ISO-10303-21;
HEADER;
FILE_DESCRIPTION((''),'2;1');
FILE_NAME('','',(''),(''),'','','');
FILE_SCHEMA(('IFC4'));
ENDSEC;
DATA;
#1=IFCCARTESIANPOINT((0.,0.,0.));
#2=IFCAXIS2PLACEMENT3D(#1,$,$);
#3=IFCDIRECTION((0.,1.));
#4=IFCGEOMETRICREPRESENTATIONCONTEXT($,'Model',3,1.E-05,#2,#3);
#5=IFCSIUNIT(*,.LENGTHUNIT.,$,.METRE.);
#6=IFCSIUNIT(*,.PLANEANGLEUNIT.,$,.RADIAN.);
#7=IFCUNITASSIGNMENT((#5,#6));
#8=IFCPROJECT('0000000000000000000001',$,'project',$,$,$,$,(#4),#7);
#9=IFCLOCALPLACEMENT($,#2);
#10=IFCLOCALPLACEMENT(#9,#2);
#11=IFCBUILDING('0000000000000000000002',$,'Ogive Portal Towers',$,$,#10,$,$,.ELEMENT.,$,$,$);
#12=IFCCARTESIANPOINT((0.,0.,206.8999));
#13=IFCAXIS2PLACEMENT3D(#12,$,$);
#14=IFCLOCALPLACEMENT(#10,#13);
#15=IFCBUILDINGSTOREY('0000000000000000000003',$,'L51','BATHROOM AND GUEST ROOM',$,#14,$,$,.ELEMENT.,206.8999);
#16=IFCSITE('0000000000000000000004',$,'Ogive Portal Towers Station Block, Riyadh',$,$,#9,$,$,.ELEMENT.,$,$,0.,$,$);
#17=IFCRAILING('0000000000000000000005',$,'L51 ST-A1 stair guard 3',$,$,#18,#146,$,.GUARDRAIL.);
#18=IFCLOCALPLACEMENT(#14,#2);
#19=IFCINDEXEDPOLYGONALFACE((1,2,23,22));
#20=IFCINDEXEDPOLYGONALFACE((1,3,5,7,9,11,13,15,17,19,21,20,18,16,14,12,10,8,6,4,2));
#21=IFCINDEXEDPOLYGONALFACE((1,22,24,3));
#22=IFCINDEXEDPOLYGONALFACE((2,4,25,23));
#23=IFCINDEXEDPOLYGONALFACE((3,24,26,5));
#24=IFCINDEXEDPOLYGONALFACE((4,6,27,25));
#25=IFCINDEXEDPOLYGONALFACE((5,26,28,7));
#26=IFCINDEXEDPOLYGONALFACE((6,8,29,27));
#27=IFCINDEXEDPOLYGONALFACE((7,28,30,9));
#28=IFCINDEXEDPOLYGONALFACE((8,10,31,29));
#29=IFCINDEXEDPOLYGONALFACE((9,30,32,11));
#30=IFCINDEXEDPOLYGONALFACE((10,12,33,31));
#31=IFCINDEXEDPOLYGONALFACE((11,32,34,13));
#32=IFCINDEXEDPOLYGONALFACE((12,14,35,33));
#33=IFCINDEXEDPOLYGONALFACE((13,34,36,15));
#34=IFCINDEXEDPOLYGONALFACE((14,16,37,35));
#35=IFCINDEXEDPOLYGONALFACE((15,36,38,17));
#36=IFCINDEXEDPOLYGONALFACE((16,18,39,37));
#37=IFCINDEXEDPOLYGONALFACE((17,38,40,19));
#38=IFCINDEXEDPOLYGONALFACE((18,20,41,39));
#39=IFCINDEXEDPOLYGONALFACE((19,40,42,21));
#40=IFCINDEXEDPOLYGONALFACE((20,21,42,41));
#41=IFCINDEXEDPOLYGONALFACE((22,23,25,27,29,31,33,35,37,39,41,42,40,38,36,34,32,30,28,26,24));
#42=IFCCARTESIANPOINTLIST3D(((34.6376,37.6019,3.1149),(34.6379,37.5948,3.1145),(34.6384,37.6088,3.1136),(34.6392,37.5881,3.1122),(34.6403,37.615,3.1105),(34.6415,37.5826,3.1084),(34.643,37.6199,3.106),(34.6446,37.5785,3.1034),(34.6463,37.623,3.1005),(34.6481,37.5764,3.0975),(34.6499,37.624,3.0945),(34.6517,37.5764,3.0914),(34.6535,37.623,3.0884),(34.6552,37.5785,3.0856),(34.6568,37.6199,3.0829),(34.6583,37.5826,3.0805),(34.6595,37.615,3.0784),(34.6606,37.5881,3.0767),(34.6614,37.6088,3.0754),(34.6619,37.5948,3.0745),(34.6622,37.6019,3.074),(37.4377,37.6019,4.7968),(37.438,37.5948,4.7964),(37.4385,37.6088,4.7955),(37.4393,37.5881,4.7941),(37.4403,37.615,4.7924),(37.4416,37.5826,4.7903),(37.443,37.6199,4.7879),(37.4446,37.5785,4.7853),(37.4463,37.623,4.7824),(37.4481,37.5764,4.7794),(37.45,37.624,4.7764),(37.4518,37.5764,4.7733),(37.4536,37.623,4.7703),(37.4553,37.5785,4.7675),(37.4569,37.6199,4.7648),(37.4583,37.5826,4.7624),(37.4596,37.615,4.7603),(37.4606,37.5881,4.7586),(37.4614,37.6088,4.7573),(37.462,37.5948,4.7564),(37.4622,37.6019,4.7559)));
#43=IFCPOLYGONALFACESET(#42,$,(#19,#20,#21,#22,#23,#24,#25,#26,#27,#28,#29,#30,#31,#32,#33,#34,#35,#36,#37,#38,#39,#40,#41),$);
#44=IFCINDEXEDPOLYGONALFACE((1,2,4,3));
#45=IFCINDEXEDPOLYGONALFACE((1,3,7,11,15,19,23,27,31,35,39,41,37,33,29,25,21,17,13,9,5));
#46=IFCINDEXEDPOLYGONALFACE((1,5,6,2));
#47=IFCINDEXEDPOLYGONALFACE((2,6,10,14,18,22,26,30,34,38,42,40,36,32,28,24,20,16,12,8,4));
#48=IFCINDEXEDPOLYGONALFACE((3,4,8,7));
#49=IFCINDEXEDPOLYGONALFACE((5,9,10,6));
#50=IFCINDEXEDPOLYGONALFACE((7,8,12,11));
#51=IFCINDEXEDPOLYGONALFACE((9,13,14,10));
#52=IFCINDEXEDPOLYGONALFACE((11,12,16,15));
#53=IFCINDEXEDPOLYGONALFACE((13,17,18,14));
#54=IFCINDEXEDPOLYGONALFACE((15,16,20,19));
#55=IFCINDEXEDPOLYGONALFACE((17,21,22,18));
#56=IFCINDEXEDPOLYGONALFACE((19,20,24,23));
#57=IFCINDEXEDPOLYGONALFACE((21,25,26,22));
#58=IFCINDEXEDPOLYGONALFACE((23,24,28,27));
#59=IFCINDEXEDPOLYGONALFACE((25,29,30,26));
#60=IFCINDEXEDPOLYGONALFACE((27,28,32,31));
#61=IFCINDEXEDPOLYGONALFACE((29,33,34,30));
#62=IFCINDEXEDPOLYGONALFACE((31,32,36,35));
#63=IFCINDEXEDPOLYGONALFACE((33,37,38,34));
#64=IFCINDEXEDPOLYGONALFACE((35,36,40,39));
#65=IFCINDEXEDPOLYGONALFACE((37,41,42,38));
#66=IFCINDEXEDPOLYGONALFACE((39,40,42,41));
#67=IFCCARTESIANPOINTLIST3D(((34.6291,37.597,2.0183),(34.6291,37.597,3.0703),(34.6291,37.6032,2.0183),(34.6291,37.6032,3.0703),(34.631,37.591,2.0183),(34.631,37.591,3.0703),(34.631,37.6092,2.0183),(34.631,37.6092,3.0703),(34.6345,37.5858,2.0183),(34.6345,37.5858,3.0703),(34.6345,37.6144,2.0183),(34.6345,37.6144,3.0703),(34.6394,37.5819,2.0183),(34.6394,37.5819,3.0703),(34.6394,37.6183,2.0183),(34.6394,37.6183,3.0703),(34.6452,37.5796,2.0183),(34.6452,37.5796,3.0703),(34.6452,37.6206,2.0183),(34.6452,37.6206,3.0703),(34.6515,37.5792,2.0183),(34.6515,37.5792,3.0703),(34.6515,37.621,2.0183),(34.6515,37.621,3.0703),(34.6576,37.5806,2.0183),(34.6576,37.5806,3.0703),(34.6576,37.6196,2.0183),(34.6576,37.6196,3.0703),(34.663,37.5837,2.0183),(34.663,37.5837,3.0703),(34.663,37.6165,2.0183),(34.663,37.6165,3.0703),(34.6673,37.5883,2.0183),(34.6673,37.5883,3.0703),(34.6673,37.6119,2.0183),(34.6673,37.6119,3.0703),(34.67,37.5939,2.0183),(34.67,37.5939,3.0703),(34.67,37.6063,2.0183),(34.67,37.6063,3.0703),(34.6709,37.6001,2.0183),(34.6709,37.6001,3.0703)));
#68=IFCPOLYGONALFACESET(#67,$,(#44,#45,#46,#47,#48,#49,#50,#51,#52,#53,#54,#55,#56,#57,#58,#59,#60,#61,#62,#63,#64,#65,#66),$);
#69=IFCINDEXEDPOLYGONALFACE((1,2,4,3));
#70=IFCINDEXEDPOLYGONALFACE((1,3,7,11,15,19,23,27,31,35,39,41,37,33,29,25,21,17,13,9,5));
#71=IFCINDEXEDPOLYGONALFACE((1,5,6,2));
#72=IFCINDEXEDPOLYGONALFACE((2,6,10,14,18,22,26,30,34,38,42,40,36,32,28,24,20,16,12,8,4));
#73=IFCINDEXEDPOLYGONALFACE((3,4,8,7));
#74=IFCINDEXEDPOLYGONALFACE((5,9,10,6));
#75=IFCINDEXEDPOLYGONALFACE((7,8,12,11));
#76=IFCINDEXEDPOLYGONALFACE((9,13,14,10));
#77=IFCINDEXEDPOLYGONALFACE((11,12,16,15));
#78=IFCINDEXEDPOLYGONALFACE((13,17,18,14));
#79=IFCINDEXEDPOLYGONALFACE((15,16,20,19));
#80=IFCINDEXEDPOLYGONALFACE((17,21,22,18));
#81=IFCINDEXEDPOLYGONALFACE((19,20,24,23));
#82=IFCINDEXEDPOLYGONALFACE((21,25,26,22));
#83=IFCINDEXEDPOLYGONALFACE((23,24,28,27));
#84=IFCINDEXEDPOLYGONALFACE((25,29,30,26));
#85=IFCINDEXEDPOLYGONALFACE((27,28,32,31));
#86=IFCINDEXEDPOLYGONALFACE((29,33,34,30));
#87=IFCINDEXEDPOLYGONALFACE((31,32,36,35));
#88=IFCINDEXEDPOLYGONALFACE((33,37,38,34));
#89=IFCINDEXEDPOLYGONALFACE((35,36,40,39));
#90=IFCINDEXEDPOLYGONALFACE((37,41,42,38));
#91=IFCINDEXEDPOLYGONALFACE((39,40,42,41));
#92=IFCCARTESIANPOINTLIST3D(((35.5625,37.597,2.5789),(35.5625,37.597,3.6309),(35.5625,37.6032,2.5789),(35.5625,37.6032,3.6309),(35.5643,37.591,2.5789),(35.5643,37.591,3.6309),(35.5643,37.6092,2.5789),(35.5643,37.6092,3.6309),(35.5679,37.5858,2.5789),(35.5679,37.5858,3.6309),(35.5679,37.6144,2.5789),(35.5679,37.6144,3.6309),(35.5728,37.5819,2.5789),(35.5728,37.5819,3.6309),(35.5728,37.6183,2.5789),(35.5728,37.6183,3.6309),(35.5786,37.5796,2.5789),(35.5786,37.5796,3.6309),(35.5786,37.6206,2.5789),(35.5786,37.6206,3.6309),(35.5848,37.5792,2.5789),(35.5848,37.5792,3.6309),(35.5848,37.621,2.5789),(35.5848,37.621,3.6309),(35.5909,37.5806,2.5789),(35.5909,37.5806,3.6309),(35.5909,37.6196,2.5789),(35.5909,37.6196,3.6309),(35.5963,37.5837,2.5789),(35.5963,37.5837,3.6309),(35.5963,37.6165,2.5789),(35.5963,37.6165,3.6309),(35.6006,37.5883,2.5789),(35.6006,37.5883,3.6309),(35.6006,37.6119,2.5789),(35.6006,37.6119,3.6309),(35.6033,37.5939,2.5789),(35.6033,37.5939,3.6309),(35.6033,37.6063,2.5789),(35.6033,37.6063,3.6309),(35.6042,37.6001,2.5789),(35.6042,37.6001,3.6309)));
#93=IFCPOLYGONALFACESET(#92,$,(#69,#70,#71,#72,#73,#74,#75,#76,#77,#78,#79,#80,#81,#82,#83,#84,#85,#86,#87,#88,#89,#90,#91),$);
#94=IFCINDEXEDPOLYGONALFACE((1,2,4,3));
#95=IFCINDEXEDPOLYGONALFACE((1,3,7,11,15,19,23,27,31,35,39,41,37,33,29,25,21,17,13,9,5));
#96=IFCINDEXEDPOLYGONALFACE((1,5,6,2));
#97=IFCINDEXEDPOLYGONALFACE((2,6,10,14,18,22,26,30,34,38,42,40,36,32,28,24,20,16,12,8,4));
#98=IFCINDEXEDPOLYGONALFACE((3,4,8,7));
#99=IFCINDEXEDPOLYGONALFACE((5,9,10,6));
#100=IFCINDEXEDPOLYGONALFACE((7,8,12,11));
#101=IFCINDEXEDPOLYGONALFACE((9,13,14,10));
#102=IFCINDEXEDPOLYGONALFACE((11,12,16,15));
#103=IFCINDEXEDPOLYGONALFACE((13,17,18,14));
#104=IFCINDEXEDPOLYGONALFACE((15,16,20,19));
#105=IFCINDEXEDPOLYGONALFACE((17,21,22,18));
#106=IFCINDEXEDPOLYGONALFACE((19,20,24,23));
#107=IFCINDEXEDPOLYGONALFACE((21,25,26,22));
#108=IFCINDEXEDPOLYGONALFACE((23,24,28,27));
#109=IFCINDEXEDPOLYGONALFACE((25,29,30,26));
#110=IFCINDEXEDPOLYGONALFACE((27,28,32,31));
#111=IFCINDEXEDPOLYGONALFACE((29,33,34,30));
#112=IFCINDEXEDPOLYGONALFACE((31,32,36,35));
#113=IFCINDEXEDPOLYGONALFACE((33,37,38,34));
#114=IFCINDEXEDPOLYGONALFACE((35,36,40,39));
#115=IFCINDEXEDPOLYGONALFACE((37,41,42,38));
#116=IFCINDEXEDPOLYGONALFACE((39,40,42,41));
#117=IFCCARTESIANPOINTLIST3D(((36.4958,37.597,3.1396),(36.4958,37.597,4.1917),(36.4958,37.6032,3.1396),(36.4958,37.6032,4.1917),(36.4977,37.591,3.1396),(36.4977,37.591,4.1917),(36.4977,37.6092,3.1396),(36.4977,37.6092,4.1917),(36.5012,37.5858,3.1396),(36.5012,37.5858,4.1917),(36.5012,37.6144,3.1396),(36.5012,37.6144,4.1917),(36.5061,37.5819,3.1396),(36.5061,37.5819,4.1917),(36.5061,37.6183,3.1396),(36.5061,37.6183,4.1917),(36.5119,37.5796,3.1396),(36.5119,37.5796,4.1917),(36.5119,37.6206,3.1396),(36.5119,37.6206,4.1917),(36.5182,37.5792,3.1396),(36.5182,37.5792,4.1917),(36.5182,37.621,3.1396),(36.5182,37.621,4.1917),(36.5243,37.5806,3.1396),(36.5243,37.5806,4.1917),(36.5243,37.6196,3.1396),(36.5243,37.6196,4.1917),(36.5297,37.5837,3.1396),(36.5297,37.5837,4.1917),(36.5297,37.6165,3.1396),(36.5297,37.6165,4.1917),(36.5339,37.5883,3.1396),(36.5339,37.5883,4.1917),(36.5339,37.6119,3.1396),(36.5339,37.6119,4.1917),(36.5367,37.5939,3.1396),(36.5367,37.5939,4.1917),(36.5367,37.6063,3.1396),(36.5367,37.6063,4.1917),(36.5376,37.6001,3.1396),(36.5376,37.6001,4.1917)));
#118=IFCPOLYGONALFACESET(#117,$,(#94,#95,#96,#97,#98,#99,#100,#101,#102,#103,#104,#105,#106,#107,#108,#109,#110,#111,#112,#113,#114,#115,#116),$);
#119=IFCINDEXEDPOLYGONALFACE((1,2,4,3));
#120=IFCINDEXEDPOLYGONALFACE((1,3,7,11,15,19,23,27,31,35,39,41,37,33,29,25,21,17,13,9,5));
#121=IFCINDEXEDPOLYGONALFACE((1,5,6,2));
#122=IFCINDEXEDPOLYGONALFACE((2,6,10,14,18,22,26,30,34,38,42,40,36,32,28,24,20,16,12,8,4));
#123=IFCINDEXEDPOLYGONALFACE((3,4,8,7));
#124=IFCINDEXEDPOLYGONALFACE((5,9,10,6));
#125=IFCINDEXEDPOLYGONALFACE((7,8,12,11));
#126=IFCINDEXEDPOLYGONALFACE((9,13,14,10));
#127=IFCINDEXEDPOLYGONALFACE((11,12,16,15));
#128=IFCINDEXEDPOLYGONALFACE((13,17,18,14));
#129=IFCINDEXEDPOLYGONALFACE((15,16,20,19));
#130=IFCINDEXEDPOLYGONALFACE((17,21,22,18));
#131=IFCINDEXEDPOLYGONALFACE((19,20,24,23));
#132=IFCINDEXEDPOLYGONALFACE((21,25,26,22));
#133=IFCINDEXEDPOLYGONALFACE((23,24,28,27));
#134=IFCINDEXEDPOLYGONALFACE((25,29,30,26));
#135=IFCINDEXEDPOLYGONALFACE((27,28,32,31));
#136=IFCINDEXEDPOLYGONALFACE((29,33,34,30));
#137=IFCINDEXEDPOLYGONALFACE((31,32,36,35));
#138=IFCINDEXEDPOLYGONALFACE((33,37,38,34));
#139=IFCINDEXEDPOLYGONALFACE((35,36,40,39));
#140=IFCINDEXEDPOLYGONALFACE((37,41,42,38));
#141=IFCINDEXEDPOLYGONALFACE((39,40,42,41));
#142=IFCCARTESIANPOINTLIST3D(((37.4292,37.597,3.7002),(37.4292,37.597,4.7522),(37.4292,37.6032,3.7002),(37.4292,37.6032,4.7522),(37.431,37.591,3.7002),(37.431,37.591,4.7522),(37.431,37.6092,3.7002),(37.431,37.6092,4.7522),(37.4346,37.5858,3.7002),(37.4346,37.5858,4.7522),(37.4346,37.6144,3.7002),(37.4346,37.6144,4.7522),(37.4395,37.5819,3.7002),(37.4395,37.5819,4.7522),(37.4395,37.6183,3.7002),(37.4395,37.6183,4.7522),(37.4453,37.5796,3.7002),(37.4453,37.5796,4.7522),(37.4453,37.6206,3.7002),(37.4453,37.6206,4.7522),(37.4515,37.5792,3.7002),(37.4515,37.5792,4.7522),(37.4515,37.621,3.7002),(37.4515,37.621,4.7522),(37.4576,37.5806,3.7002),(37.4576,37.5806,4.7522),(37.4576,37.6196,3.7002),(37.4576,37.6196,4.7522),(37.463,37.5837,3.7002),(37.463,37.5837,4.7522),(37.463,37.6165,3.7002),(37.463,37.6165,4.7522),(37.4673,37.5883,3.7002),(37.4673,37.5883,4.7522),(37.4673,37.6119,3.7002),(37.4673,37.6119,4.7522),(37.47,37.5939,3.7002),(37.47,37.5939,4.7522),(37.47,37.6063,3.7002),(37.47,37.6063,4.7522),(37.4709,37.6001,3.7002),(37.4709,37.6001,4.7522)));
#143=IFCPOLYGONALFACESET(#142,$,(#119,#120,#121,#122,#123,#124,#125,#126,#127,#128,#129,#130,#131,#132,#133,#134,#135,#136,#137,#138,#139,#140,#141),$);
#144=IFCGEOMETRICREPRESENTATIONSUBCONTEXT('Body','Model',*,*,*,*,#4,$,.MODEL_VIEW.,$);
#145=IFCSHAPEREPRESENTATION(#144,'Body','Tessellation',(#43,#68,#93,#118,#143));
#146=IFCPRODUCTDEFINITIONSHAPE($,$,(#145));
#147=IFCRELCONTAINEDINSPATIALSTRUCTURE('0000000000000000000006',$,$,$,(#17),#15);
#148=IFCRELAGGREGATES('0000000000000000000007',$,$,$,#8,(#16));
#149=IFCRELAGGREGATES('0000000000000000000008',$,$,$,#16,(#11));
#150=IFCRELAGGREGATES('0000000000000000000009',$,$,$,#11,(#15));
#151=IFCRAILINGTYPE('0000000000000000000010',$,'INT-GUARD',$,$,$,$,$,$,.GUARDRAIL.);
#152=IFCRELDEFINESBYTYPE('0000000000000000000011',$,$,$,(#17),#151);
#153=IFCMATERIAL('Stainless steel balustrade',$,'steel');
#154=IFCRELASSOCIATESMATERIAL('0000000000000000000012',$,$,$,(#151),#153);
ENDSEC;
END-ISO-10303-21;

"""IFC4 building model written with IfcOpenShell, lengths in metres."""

from ifc_helpers import new_model, si_unit, direction, frame, origin, origin_2d, place, context, subcontext, project, spatial, circle, extrude, material, type_object, element, save


model = new_model("IFC4")

# Units and contexts
model_context = context("Model", 3, precision=1e-05, world=origin(), true_north=direction((0.0, 1.0)))
body_context = subcontext(model_context, "Body", "Model", "MODEL_VIEW")
ifc_project = project(units=[si_unit("LENGTHUNIT", "METRE"), si_unit("PLANEANGLEUNIT", "RADIAN")], contexts=[model_context])

# Site, building, storey
site_placement = place(None, origin())
site = spatial("IfcSite", under=ifc_project, at=site_placement, Name="Ogive Portal Towers Station Block, Riyadh", CompositionType="ELEMENT", RefElevation=0.0)
building_placement = place(site_placement, origin())
building = spatial("IfcBuilding", under=site, at=building_placement, Name="Ogive Portal Towers", CompositionType="ELEMENT")
storey_placement = place(building_placement, frame((0.0, 0.0, 206.8999)))
storey = spatial("IfcBuildingStorey", under=building, at=storey_placement, Name="L51", Description="BATHROOM AND GUEST ROOM", CompositionType="ELEMENT", Elevation=206.8999)

# Railing
ifc_material_1 = material(Name="Stainless steel balustrade", Category="steel")
railing_type_1 = type_object("IfcRailingType", Name="INT-GUARD", PredefinedType="GUARDRAIL", material=ifc_material_1)
railing_1_placement = place(storey_placement, frame((34.6499, 37.6001, 2.0183)))
element("IfcRailing", 1, at=railing_1_placement, inside=storey, type_object=railing_type_1, Name="L51 ST-A1 stair guard 3", PredefinedType="GUARDRAIL", context=body_context, shape_type="SweptSolid", body=[
    extrude(circle(Radius=0.0239, at=origin_2d()), frame((0.0, 0.0, 1.0762), z_axis=(0.857242, 0.0, 0.514913), x_axis=(0.0, 1.0, 0.0)), (0.0, 0.0, 1.0), 3.2664),
    extrude(circle(Radius=0.021, at=origin_2d()), origin(), (0.0, 0.0, 1.0), 1.052),
    extrude(circle(Radius=0.021, at=origin_2d()), frame((0.9333, 0.0, 0.5605)), (0.0, 0.0, 1.0), 1.052),
    extrude(circle(Radius=0.021, at=origin_2d()), frame((1.8667, 0.0, 1.1213)), (0.0, 0.0, 1.0), 1.052),
    extrude(circle(Radius=0.021, at=origin_2d()), frame((2.8, 0.0, 1.6819)), (0.0, 0.0, 1.0), 1.052),
])

save(model, "model.ifc")
